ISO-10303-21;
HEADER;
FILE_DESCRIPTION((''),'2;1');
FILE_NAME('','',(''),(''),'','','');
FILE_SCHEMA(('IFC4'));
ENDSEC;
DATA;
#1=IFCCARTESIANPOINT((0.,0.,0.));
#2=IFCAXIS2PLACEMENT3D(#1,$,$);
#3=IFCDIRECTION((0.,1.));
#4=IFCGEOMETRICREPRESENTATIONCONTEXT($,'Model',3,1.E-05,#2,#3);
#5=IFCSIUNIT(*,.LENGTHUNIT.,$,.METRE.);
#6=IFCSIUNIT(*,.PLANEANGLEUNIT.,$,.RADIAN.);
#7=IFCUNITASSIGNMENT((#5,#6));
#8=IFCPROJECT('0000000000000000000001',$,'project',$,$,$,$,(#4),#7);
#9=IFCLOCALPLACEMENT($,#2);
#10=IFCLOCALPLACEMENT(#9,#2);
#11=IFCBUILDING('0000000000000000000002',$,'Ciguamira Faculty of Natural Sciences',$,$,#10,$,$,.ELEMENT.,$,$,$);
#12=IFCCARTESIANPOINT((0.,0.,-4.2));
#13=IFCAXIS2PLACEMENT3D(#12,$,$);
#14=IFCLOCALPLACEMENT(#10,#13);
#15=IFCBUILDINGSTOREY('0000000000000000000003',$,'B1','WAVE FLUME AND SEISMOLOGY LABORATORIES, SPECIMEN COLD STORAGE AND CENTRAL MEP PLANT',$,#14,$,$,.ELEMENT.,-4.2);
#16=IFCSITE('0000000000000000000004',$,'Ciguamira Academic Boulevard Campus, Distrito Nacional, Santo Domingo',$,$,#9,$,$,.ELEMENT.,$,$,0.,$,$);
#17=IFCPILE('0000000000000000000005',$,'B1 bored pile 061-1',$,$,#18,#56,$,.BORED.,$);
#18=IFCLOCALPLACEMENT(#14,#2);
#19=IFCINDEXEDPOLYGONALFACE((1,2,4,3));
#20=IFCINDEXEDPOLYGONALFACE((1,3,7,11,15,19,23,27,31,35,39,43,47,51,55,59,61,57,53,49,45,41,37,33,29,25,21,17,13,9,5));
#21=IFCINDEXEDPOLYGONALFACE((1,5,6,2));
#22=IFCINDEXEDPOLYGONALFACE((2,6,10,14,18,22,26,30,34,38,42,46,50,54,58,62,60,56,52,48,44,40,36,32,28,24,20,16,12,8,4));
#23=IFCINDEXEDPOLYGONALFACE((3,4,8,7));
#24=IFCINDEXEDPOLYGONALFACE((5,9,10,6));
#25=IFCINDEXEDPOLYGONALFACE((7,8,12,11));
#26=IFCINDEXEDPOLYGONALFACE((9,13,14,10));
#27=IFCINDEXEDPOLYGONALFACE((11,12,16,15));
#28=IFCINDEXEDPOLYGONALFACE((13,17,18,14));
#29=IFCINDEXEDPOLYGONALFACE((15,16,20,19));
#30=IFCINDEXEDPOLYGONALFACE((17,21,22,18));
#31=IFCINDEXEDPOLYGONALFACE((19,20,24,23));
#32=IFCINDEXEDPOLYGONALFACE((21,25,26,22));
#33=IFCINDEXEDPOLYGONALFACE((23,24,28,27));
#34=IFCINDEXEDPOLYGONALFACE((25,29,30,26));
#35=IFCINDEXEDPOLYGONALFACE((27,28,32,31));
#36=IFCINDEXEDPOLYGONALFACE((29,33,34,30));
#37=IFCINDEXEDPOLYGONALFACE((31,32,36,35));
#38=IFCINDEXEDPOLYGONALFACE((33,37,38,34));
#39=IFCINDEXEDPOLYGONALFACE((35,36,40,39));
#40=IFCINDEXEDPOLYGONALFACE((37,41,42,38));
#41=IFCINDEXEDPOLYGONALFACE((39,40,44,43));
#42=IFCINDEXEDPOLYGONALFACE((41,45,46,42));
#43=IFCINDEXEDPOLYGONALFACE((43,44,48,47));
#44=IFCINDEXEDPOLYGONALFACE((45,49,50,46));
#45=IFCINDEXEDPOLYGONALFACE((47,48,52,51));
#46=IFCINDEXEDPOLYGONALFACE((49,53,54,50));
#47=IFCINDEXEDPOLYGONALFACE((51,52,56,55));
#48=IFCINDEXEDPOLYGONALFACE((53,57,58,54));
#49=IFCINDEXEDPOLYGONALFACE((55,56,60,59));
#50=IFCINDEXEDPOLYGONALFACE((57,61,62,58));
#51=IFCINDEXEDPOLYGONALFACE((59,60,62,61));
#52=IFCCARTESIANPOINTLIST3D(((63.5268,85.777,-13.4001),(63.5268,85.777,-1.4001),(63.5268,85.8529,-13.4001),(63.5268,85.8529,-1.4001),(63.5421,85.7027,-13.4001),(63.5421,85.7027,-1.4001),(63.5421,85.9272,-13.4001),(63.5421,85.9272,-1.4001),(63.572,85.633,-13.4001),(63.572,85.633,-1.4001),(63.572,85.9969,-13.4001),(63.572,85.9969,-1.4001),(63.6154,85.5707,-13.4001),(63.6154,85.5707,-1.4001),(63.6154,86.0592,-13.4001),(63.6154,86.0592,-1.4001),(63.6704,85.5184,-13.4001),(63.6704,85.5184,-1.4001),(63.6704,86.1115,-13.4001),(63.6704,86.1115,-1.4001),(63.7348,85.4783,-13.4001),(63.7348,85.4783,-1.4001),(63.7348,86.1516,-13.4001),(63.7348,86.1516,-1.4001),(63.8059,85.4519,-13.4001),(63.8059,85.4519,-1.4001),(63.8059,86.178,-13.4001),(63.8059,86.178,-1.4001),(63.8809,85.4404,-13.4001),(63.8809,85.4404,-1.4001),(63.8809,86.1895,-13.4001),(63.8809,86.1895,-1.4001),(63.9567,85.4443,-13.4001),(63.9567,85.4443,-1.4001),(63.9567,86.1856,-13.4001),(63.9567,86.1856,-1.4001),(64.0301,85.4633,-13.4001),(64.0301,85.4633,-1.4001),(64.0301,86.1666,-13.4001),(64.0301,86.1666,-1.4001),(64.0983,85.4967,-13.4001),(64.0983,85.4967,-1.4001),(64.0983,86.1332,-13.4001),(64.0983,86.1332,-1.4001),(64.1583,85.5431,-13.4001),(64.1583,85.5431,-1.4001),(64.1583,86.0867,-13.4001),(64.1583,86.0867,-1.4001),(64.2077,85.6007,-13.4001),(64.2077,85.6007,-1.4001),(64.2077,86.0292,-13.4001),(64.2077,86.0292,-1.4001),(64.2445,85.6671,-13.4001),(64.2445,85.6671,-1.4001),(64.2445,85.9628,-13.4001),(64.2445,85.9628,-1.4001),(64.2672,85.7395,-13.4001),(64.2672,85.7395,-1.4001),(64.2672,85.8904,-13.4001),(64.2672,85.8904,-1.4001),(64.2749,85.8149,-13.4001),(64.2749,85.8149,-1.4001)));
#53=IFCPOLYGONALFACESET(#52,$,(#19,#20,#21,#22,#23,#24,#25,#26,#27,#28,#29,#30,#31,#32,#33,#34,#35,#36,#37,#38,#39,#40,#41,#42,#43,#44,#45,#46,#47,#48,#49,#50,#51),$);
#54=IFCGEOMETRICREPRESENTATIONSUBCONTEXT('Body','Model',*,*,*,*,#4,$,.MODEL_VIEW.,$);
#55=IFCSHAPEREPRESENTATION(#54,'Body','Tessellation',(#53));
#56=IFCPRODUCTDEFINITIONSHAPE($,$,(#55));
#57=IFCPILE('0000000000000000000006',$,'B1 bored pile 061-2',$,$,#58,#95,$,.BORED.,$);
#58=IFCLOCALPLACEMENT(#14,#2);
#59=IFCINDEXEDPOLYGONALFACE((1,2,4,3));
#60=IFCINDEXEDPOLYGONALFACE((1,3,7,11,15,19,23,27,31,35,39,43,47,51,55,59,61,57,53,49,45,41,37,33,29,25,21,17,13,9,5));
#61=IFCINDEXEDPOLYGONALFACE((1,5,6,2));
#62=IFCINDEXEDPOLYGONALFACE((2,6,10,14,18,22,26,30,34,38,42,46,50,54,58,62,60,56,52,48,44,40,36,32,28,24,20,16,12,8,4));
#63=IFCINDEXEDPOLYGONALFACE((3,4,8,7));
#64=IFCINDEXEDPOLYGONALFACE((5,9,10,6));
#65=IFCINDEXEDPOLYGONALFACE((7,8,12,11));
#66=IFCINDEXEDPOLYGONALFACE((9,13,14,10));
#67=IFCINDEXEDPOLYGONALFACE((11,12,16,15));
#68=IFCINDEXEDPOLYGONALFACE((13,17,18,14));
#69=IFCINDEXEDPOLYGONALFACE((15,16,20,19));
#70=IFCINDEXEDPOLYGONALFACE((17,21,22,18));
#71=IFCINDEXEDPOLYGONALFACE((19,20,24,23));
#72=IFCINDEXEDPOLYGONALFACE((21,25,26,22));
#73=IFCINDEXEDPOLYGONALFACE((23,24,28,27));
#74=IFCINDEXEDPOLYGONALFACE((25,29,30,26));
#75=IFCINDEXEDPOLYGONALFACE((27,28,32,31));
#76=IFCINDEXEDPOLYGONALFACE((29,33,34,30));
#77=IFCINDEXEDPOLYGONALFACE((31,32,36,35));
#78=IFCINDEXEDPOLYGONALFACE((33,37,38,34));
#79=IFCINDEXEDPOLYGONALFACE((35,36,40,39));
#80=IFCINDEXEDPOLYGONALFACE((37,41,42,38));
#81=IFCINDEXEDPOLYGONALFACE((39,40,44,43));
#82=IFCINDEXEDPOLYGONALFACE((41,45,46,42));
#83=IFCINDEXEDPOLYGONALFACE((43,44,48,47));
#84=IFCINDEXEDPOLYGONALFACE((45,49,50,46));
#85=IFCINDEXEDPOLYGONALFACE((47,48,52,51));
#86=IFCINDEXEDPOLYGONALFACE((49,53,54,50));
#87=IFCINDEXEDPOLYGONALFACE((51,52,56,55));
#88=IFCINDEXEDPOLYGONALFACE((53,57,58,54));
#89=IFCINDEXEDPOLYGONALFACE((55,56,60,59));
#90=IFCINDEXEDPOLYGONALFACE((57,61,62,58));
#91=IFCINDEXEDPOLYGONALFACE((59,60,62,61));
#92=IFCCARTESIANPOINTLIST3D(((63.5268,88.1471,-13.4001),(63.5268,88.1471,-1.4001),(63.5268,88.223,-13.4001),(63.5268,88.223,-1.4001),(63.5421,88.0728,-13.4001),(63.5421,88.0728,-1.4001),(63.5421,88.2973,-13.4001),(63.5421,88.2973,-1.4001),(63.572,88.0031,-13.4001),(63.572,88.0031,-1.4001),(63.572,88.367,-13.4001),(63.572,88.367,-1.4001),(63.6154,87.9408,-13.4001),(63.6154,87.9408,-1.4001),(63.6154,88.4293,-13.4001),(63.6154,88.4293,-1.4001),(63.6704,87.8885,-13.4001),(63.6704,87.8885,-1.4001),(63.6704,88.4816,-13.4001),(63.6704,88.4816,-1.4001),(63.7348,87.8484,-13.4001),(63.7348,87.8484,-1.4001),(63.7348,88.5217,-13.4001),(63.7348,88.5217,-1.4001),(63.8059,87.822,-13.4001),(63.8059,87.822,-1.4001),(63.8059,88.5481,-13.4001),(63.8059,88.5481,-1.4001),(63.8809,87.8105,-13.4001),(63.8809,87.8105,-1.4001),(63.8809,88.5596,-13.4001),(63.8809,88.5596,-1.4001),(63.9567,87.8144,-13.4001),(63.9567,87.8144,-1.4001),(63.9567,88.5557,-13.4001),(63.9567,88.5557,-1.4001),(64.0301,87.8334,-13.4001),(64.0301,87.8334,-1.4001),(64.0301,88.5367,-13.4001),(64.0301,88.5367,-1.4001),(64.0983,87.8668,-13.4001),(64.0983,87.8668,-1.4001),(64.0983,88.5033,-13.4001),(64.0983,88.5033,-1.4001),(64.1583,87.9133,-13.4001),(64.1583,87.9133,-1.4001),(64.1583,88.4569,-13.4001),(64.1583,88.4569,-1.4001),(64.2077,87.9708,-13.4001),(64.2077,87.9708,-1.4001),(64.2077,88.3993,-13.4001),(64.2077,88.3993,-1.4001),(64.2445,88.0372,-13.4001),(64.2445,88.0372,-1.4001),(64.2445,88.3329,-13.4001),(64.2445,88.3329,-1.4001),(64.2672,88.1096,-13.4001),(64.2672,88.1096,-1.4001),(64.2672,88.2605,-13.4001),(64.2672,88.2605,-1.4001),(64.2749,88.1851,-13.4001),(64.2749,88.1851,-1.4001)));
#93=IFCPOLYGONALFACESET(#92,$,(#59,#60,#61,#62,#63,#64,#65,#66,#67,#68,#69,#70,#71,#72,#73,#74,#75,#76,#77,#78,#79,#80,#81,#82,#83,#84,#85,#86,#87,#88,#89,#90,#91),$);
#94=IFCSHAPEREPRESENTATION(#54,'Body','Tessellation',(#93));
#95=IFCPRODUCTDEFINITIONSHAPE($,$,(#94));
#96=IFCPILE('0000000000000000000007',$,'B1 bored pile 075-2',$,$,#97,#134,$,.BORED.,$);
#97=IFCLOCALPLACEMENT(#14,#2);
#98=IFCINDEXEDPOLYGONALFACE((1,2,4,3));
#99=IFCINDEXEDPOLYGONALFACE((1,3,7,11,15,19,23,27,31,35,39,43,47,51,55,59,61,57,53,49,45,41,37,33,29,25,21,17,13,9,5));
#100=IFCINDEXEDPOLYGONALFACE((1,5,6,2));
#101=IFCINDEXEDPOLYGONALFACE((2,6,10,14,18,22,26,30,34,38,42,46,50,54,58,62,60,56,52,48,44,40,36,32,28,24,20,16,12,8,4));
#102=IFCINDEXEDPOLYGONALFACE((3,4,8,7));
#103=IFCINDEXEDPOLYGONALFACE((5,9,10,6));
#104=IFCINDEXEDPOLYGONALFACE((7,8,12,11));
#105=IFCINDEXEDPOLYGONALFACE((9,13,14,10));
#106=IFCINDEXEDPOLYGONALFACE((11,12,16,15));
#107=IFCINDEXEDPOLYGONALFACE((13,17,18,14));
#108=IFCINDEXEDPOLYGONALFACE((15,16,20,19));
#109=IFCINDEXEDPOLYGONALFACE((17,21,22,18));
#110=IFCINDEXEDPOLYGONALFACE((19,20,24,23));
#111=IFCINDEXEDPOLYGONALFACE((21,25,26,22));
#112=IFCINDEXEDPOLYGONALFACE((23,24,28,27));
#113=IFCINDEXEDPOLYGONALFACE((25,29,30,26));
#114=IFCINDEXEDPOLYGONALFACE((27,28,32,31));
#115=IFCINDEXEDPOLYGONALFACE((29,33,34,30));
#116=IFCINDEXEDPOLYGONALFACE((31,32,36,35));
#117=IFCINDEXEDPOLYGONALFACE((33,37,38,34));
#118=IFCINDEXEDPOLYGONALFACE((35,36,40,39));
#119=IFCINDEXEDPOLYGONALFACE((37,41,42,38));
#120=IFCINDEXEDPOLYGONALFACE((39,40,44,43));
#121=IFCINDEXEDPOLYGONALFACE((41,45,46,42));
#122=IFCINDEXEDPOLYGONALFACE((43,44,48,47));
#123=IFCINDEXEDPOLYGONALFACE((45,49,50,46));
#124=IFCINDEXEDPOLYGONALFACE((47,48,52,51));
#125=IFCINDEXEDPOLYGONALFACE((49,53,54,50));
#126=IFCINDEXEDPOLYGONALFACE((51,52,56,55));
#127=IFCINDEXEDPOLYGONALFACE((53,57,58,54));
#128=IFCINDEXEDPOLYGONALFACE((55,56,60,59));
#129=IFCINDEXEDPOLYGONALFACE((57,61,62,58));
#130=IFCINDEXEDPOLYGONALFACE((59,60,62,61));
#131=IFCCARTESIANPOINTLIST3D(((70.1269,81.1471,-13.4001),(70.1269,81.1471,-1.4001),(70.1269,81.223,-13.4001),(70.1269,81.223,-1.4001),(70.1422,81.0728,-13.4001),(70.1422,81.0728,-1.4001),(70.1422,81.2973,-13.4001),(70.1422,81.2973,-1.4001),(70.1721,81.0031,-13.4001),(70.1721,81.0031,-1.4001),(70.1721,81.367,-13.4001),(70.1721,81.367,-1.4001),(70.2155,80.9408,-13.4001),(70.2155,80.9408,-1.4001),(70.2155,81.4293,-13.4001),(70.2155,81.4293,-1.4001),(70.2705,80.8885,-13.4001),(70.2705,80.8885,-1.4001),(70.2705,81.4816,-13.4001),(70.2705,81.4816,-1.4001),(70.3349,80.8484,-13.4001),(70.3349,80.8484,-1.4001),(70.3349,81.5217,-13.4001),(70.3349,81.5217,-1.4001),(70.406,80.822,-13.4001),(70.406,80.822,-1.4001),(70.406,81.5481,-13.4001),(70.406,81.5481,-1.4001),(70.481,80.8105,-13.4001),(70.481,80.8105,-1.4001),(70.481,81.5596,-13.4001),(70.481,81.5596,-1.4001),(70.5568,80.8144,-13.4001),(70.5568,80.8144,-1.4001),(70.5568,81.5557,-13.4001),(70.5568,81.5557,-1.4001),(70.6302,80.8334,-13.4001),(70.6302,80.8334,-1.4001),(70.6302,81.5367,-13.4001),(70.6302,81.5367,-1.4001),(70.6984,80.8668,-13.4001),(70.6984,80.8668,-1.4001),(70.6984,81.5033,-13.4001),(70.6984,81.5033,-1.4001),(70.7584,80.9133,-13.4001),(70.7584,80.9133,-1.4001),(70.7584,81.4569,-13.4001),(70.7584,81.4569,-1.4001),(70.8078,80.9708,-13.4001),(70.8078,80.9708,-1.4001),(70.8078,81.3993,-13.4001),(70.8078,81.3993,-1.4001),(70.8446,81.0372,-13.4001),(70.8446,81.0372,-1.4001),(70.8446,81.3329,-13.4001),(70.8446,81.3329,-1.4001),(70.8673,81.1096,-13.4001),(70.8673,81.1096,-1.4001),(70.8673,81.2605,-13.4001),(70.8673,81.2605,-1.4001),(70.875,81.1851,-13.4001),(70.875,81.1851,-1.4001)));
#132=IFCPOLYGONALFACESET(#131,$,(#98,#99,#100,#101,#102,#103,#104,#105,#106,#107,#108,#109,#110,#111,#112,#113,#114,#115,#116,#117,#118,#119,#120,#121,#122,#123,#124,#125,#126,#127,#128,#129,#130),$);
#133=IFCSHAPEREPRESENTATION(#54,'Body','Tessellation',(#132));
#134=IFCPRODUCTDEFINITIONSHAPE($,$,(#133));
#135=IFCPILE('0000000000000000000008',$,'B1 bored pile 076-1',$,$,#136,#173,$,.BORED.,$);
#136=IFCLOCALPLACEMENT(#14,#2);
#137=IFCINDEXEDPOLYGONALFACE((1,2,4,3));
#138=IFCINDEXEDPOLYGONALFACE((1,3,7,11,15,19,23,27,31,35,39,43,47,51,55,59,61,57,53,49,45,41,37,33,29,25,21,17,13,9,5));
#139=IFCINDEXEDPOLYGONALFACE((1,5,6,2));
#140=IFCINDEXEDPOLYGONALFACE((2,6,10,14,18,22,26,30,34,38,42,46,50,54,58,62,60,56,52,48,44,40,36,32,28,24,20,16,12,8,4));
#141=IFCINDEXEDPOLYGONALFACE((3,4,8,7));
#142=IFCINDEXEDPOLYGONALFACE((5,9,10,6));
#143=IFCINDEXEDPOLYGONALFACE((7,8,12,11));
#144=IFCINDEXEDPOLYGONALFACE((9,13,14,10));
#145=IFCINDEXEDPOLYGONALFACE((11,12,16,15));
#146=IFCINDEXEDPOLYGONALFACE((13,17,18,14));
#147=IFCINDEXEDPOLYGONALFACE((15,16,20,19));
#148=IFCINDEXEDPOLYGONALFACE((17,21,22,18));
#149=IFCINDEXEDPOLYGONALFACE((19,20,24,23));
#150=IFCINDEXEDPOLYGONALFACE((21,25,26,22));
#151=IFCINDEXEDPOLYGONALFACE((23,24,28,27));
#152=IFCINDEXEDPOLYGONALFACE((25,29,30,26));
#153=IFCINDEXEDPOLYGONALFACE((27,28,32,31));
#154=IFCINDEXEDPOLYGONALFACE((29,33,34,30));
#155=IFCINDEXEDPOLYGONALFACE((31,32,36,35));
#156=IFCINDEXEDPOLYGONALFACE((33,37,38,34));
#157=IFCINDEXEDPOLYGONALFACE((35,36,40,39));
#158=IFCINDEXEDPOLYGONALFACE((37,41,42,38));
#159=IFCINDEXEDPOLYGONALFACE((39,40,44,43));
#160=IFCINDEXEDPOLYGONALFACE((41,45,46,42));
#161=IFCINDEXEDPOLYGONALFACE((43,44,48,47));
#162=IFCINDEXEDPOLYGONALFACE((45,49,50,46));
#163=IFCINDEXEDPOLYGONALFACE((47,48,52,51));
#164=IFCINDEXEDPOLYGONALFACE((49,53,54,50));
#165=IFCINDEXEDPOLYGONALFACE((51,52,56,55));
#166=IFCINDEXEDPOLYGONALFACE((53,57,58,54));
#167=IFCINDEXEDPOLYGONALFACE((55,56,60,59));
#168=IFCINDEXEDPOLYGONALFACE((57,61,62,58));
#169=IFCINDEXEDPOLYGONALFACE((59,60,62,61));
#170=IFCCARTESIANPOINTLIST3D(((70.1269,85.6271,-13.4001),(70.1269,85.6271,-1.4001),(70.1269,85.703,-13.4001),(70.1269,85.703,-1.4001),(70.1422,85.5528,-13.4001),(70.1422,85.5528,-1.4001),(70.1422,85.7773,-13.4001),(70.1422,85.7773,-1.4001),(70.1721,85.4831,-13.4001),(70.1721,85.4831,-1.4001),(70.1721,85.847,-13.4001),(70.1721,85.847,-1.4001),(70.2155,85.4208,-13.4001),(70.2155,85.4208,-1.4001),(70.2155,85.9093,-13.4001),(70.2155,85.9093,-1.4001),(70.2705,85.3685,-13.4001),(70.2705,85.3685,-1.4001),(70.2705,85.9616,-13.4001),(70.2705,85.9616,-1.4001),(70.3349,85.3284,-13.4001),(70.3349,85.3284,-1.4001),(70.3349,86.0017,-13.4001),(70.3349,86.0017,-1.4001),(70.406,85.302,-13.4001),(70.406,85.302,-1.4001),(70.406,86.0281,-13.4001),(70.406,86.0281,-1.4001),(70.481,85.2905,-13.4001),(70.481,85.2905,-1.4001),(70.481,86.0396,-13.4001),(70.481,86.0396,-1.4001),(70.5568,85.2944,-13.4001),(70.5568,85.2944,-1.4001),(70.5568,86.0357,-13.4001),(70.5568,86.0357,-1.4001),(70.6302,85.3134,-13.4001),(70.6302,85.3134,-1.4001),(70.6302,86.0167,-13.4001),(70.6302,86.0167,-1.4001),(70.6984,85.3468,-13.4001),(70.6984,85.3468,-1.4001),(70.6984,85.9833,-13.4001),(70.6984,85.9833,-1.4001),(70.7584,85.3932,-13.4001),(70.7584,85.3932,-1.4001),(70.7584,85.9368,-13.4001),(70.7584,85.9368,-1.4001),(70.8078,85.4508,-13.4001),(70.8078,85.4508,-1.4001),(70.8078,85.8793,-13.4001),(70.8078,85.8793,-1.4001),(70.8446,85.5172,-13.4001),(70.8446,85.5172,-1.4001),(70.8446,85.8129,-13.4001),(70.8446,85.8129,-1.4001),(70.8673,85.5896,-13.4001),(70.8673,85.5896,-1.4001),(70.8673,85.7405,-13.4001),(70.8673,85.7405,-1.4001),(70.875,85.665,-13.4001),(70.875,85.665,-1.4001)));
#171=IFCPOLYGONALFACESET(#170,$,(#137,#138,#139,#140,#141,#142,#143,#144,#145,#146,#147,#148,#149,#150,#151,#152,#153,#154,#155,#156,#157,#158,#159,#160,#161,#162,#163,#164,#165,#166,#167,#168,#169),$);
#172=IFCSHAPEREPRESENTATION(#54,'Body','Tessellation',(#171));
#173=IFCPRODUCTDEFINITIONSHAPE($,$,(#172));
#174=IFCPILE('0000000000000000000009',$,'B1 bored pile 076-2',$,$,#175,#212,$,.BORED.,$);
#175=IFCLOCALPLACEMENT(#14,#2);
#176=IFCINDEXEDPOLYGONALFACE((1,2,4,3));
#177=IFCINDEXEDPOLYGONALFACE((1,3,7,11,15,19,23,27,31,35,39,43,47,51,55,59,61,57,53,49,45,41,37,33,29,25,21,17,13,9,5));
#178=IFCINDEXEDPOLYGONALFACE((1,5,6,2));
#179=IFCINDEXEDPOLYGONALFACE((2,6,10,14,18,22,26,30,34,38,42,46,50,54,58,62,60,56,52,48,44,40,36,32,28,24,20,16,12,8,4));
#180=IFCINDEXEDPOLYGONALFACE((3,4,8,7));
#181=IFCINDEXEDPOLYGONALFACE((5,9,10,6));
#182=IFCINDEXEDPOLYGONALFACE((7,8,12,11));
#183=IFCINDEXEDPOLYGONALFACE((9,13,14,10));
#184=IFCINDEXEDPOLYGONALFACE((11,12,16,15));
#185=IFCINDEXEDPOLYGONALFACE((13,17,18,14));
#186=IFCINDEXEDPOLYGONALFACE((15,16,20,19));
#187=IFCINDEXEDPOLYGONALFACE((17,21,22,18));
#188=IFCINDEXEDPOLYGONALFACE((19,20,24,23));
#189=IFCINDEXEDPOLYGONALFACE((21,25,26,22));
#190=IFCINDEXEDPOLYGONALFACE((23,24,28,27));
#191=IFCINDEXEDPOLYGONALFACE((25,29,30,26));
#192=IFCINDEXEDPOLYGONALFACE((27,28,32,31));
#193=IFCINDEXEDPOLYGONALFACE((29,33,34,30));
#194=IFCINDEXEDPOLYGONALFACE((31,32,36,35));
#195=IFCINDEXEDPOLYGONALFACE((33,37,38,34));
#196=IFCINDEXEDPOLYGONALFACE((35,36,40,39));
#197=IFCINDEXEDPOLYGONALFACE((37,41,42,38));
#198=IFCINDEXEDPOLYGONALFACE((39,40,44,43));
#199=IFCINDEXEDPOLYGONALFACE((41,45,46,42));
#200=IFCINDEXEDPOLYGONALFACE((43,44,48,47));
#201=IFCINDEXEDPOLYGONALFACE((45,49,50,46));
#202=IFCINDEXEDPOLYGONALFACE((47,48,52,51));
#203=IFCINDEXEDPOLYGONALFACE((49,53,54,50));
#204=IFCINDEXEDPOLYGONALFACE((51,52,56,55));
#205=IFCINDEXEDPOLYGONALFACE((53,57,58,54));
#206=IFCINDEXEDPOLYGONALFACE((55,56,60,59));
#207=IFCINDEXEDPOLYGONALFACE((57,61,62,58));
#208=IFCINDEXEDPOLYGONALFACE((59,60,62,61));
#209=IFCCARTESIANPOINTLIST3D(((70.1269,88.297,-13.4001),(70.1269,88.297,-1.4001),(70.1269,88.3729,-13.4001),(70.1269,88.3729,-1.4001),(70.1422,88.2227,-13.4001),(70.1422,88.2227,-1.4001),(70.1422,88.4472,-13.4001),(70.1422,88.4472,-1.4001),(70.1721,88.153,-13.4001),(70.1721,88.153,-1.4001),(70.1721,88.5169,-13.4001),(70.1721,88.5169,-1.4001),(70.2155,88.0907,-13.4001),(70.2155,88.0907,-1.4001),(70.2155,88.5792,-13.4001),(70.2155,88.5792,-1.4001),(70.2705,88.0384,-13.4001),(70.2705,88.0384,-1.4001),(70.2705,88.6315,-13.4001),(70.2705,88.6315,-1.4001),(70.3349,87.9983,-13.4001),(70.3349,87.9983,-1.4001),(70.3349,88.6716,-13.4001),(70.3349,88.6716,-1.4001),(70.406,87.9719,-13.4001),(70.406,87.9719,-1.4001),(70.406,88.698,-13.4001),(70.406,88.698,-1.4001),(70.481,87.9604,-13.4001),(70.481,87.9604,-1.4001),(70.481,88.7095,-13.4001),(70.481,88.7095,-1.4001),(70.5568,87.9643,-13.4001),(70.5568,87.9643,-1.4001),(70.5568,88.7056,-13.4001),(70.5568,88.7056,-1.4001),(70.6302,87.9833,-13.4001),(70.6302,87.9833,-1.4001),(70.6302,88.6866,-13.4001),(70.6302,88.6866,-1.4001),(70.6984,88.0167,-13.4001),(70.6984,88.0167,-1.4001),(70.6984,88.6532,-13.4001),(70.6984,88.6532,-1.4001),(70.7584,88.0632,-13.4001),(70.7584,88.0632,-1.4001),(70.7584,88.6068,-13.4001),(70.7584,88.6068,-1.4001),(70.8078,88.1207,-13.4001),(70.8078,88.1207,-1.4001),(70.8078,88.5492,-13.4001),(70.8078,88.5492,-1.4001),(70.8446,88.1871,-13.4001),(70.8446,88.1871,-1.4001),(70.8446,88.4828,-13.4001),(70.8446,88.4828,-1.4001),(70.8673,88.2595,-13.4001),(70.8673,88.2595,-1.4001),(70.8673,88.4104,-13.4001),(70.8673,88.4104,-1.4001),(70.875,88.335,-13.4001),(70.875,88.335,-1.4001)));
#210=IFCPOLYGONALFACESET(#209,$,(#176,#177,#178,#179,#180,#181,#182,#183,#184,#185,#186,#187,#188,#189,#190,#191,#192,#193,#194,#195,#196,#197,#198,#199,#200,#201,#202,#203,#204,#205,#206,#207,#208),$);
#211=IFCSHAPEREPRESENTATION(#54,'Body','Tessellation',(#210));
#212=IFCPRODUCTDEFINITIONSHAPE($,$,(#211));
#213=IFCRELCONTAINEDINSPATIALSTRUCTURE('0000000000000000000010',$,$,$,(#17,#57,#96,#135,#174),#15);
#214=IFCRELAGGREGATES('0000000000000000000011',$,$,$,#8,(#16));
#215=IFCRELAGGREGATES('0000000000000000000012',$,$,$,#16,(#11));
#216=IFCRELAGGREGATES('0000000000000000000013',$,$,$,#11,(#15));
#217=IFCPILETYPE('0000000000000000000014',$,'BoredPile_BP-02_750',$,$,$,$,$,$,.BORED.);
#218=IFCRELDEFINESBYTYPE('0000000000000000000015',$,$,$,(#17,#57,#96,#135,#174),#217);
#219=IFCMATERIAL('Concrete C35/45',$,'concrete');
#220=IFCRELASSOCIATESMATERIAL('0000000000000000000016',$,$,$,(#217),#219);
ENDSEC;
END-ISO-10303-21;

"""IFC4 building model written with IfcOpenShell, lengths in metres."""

from ifc_helpers import new_model, si_unit, direction, frame, origin, origin_2d, place, context, subcontext, project, spatial, circle, extrude, material, material_profile, profile_set, type_object, element, save


model = new_model("IFC4")

# Units and contexts
model_context = context("Model", 3, precision=1e-05, world=origin(), true_north=direction((0.0, 1.0)))
body_context = subcontext(model_context, "Body", "Model", "MODEL_VIEW")
ifc_project = project(units=[si_unit("LENGTHUNIT", "METRE"), si_unit("PLANEANGLEUNIT", "RADIAN")], contexts=[model_context])

# Site, building, storey
site_placement = place(None, origin())
site = spatial("IfcSite", under=ifc_project, at=site_placement, Name="Ciguamira Academic Boulevard Campus, Distrito Nacional, Santo Domingo", CompositionType="ELEMENT", RefElevation=0.0)
building_placement = place(site_placement, origin())
building = spatial("IfcBuilding", under=site, at=building_placement, Name="Ciguamira Faculty of Natural Sciences", CompositionType="ELEMENT")
storey_placement = place(building_placement, frame((0.0, 0.0, -4.2)))
storey = spatial("IfcBuildingStorey", under=building, at=storey_placement, Name="B1", Description="WAVE FLUME AND SEISMOLOGY LABORATORIES, SPECIMEN COLD STORAGE AND CENTRAL MEP PLANT", CompositionType="ELEMENT", Elevation=-4.2)

# Piles
ifc_material_1 = material(Name="Concrete C35/45", Category="concrete")
ifc_material_profile_1 = material_profile(ifc_material_1, circle(Radius=0.375, at=origin_2d()), Name="PILE-BORED-750")
ifc_profile_set_1 = profile_set([ifc_material_profile_1], Name="Concrete C35/45")
pile_type = type_object("IfcPileType", Name="BoredPile_BP-02_750", PredefinedType="BORED", material=ifc_profile_set_1)
for number, where, z_axis, x_axis, name in (
    (1, (63.8999, 85.8149, -1.4001), (0.0, 0.0, -1.0), (1.0, 0.0, 0.0), "B1 bored pile 061-1"),
    (2, (63.8999, 88.1851, -1.4001), (0.0, 0.0, -1.0), (1.0, 0.0, 0.0), "B1 bored pile 061-2"),
    (3, (70.5, 81.1851, -1.4001), (0.0, 0.0, -1.0), (1.0, 0.0, 0.0), "B1 bored pile 075-2"),
    (4, (70.5, 85.665, -1.4001), (0.0, 0.0, -1.0), (1.0, 0.0, 0.0), "B1 bored pile 076-1"),
    (5, (70.5, 88.335, -1.4001), (0.0, 0.0, -1.0), (1.0, 0.0, 0.0), "B1 bored pile 076-2"),
):
    element("IfcPile", number, at=place(storey_placement, frame(where, z_axis=z_axis, x_axis=x_axis)), inside=storey, type_object=pile_type, Name=name, PredefinedType="BORED", context=body_context, shape_type="SweptSolid", body=[
        extrude(circle(Radius=0.375, at=origin_2d()), origin(), (0.0, 0.0, 1.0), 12.0),
    ])

save(model, "model.ifc")
